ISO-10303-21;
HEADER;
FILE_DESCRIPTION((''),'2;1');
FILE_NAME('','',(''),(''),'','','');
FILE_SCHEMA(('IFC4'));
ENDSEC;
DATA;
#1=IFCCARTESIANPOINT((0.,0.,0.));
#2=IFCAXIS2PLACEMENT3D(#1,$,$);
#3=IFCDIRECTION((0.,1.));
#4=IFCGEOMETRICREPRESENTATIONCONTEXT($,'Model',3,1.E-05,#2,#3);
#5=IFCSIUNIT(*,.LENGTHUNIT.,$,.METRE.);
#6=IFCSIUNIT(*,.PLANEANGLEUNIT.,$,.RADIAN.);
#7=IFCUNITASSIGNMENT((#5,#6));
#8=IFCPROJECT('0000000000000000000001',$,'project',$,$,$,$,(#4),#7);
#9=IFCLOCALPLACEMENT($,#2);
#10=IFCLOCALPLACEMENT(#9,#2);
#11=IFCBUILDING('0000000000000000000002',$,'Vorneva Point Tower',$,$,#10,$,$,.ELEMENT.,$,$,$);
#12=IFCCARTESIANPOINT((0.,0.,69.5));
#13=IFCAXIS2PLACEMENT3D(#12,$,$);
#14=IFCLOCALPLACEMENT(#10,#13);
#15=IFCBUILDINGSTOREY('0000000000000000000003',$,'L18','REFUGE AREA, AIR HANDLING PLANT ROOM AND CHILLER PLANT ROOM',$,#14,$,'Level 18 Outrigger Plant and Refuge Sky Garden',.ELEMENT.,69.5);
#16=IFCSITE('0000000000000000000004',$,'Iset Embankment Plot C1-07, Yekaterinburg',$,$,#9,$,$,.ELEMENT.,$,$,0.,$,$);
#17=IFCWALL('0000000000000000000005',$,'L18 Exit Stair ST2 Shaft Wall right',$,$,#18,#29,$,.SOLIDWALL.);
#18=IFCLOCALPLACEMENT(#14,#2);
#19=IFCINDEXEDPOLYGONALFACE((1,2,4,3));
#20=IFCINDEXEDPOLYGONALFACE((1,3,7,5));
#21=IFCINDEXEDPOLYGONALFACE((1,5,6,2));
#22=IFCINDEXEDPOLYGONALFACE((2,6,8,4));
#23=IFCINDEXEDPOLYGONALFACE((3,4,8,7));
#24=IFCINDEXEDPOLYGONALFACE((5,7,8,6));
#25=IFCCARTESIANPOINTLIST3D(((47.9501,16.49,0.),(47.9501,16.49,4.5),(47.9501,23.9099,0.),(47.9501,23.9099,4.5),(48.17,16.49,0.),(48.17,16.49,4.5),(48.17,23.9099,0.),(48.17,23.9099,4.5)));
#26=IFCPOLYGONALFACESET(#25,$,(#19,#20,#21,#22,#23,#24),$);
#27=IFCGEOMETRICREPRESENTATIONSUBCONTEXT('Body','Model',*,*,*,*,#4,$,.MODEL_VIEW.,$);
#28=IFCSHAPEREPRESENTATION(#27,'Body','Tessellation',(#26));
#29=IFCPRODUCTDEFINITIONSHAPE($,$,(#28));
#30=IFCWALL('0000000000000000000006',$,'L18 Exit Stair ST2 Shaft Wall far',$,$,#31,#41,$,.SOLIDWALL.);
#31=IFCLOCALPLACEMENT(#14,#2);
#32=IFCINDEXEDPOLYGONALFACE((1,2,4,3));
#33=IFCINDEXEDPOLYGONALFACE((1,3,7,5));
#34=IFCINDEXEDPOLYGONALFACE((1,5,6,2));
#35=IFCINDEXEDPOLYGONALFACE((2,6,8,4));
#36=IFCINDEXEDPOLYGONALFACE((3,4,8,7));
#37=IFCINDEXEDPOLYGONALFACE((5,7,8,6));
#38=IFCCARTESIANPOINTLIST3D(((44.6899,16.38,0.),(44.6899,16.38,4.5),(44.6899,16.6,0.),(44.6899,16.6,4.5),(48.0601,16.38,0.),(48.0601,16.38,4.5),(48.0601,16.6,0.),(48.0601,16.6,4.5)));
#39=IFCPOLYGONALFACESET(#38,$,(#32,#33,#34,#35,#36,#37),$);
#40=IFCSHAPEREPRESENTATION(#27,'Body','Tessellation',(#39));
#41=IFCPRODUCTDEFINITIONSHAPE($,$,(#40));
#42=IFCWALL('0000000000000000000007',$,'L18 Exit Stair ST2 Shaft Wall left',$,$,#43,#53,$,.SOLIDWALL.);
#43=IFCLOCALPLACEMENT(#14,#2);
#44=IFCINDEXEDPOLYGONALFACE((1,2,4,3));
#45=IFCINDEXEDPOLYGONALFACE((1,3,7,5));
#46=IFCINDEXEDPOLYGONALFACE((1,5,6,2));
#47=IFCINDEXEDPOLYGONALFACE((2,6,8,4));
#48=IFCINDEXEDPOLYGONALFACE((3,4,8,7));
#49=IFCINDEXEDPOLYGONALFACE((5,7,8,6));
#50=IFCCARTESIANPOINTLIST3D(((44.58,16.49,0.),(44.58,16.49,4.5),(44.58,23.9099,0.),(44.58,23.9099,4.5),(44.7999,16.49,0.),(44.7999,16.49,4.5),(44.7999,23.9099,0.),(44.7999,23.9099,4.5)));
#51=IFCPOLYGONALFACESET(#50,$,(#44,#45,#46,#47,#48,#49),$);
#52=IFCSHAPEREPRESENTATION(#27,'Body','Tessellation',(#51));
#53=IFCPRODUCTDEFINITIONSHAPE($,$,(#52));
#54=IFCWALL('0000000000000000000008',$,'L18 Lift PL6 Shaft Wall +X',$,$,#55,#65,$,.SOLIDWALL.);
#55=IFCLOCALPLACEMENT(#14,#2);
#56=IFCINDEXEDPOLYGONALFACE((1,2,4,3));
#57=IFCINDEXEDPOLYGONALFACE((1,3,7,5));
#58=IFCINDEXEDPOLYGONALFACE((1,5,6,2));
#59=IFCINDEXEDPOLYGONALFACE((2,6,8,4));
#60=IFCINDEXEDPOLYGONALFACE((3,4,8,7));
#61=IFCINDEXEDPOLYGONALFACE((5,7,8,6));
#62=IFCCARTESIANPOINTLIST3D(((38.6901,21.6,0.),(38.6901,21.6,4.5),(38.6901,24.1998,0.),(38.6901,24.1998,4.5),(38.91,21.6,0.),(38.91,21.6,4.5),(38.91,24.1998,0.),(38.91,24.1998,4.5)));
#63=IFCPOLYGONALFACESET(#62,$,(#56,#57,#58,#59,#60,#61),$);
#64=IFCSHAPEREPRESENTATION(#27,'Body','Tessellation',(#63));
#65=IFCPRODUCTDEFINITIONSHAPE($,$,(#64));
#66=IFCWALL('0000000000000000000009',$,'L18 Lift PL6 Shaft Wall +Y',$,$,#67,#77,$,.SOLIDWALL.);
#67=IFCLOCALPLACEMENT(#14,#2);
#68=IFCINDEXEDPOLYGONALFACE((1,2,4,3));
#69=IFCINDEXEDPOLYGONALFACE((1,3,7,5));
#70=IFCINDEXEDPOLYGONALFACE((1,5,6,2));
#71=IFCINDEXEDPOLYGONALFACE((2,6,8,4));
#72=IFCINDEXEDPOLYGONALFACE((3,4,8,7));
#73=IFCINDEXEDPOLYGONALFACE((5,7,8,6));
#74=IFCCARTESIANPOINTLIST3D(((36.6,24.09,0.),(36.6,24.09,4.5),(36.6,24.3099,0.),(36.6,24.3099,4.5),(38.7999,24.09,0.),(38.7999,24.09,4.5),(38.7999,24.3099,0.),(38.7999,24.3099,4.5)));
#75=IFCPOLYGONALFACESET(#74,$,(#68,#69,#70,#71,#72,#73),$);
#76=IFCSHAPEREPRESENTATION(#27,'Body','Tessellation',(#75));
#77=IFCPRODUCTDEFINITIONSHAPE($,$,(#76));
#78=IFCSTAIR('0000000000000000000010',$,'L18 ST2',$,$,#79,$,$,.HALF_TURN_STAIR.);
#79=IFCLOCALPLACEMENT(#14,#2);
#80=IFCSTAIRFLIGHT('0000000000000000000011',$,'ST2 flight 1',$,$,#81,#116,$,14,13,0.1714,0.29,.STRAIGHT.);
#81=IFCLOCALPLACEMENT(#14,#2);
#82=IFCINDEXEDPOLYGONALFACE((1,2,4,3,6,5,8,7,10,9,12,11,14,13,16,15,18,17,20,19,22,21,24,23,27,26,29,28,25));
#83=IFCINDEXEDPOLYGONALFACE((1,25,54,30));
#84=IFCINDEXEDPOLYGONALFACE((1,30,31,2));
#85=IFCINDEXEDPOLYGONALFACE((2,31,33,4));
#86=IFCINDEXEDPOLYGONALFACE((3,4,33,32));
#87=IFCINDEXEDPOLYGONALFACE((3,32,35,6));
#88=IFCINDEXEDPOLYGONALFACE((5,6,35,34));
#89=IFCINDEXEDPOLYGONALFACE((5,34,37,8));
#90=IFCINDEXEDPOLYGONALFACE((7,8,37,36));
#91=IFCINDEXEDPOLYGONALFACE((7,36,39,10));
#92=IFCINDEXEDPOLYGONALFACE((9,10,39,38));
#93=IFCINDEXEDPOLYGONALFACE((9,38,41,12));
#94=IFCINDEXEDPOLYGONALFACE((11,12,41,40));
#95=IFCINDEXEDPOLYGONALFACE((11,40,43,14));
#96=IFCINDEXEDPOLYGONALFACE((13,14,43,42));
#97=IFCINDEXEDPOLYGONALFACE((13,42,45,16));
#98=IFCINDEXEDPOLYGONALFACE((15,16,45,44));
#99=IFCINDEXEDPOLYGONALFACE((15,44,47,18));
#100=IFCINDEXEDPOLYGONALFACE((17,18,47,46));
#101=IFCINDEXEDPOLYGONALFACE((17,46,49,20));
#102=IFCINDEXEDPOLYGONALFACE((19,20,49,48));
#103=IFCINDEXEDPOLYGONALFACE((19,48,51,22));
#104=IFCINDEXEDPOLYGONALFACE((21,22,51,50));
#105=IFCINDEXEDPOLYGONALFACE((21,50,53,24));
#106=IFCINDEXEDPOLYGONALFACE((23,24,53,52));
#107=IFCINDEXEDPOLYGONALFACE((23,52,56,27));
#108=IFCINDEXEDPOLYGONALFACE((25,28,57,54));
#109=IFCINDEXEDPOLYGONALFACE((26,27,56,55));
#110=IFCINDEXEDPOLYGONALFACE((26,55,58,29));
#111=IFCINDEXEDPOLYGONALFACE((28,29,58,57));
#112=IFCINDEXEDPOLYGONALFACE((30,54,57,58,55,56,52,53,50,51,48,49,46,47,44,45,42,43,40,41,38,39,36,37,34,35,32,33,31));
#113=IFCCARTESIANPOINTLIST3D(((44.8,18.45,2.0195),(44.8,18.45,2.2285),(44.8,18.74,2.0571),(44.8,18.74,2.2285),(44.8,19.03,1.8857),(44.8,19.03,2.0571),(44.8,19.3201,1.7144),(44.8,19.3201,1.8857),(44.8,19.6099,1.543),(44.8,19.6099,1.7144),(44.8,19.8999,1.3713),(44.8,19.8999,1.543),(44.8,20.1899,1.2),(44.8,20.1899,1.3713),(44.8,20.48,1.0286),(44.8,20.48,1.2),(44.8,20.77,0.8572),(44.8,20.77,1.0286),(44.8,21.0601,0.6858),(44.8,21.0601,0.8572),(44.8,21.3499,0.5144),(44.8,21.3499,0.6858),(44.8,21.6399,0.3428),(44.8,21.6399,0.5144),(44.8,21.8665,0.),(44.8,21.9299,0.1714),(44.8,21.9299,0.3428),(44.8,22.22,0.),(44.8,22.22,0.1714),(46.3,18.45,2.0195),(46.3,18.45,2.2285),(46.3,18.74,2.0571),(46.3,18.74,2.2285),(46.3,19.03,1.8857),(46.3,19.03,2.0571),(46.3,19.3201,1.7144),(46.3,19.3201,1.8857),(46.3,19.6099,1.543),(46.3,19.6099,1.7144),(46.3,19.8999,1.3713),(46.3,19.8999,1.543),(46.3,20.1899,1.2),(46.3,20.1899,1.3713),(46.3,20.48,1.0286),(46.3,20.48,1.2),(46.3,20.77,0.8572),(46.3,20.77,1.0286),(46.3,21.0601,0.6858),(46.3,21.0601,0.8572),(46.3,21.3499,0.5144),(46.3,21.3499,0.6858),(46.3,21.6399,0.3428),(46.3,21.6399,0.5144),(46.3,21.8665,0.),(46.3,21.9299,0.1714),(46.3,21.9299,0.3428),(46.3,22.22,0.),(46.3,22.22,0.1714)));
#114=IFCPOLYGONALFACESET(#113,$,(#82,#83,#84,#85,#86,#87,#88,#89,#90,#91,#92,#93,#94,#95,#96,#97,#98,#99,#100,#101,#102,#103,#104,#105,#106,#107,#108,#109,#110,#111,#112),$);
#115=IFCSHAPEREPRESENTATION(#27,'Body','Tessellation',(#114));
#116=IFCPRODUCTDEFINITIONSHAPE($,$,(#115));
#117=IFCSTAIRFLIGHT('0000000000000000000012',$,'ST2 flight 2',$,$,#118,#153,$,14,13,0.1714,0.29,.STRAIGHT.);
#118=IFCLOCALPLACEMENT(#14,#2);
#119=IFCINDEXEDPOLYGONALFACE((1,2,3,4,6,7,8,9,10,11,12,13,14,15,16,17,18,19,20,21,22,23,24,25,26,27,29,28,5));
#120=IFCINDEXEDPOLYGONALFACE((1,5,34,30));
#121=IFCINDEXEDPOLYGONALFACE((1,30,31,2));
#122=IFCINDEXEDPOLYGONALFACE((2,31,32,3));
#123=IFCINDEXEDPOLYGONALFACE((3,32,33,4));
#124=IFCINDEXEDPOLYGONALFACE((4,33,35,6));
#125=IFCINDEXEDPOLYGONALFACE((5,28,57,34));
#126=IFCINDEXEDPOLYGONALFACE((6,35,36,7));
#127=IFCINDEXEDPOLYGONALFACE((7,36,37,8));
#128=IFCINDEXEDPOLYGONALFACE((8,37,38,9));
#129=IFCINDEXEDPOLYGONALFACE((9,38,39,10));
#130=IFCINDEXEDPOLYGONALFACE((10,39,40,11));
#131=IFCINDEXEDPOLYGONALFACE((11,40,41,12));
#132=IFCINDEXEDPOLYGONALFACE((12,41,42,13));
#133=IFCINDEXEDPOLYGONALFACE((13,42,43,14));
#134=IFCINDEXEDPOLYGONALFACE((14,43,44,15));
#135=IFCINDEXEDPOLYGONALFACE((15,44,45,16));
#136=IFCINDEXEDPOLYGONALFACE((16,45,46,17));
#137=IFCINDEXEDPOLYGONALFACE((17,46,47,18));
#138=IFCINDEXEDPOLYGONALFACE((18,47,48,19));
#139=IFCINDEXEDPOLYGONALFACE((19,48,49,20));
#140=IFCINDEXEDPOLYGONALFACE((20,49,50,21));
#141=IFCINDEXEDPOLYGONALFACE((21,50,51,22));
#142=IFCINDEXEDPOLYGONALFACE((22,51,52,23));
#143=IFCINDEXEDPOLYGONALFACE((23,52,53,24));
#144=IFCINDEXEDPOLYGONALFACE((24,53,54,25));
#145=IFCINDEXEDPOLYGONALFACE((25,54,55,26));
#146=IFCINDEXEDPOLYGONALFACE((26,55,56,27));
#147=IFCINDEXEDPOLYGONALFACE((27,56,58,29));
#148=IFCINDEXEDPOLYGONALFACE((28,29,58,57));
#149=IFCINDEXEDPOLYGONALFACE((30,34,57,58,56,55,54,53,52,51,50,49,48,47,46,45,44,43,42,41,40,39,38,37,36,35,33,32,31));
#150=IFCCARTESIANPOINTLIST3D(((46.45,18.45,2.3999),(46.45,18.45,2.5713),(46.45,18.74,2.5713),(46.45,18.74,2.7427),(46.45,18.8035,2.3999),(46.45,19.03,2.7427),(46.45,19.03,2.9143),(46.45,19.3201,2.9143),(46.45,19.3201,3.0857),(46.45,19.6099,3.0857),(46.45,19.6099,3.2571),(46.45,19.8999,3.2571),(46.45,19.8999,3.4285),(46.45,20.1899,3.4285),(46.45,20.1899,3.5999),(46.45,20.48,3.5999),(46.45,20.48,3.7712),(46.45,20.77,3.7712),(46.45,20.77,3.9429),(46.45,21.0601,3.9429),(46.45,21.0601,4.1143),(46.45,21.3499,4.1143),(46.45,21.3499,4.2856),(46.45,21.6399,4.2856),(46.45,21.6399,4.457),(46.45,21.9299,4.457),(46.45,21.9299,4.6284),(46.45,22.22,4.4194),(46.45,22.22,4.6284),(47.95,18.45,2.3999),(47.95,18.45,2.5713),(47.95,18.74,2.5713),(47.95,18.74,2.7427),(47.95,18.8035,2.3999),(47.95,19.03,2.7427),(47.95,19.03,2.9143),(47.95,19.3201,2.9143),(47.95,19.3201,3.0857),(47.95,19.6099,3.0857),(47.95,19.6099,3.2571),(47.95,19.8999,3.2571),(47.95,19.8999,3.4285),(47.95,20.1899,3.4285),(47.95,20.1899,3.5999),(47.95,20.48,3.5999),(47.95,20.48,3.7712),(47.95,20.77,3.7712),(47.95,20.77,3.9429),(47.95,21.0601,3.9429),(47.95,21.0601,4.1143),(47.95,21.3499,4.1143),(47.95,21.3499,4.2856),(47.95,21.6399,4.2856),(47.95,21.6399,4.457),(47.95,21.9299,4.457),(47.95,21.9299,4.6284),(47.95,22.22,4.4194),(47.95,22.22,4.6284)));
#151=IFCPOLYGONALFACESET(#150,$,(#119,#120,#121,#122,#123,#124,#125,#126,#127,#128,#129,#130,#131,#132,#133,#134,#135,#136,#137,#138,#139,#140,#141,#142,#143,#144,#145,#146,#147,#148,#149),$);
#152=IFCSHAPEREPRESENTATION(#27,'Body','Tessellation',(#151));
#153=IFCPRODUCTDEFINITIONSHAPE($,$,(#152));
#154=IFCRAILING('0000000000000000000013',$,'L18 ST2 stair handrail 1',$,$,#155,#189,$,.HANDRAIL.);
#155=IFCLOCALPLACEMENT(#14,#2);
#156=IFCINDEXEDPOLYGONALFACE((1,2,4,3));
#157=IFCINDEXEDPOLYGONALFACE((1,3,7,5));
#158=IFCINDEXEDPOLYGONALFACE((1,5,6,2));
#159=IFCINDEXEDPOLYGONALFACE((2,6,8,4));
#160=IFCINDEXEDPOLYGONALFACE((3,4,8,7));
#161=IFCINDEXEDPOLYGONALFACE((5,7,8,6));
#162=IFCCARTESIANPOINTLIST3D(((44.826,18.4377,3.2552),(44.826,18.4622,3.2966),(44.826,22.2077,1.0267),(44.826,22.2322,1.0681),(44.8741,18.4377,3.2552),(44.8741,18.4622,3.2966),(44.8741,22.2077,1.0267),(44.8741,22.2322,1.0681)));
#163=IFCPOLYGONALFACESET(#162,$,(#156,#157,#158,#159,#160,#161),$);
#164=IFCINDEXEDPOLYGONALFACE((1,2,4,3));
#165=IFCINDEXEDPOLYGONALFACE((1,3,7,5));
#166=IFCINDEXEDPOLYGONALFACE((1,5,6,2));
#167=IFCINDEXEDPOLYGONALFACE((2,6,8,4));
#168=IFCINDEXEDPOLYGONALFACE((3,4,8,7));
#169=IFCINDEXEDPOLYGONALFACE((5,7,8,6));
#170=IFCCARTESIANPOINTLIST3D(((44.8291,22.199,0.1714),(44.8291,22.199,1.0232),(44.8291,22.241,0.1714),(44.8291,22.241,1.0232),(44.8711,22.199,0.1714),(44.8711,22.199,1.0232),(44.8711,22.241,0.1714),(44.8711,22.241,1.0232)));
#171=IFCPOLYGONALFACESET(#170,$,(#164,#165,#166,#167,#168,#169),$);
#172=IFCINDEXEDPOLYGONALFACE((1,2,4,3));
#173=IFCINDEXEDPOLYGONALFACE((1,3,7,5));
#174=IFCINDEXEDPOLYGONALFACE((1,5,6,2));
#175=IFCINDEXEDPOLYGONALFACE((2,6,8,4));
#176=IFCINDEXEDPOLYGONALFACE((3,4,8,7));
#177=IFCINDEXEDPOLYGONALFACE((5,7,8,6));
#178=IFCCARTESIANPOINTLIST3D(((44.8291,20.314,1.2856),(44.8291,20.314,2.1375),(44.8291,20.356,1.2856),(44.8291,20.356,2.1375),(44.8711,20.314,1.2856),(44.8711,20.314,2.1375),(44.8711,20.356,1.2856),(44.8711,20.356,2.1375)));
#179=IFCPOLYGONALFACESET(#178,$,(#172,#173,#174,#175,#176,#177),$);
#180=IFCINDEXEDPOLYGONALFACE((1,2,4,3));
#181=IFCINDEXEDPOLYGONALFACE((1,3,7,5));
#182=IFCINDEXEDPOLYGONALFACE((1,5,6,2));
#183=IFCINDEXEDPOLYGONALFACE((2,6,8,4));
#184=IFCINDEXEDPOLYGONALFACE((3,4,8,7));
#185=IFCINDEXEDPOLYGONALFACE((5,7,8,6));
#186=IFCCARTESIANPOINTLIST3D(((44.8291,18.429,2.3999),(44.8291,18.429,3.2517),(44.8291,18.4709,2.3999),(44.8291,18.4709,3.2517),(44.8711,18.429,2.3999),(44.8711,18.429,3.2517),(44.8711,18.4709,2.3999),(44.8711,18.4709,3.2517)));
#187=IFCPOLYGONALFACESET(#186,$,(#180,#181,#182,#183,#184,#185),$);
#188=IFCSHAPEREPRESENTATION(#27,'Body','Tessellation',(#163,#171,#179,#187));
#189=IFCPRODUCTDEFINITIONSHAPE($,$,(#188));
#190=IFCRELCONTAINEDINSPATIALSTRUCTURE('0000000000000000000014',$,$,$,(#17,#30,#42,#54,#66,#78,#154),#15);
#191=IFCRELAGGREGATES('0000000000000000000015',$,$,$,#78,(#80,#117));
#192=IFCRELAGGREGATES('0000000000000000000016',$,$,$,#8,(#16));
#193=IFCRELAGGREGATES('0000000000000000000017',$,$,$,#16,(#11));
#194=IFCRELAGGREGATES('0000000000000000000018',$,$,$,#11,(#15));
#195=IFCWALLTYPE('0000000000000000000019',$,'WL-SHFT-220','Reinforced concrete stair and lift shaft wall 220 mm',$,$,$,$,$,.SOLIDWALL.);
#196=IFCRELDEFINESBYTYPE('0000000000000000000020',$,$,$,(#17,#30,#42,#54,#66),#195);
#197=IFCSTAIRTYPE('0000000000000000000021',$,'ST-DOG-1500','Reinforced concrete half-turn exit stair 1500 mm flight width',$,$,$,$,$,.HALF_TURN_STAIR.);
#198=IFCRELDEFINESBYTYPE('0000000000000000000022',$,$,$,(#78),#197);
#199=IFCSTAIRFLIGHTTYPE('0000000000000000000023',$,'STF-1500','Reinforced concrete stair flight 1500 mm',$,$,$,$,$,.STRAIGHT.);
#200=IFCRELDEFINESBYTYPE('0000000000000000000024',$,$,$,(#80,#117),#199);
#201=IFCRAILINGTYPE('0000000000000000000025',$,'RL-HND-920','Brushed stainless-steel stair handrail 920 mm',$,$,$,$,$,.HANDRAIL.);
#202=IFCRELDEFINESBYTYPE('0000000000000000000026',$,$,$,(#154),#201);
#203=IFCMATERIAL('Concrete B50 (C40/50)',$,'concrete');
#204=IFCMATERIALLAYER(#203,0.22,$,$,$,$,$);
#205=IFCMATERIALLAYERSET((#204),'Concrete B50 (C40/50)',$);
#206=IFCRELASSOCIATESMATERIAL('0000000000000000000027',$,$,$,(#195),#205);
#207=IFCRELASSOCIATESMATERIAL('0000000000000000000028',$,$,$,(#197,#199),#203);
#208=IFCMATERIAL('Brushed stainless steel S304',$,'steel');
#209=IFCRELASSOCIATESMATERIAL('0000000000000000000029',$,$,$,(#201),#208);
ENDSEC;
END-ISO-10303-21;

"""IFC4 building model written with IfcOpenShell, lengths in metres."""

from ifc_helpers import new_model, si_unit, direction, frame, frame_2d, origin, origin_2d, place, context, subcontext, project, spatial, polyline, rectangle, outline, extrude, material, layer, layer_set, type_object, element, aggregate, save


model = new_model("IFC4")

# Units and contexts
model_context = context("Model", 3, precision=1e-05, world=origin(), true_north=direction((0.0, 1.0)))
body_context = subcontext(model_context, "Body", "Model", "MODEL_VIEW")
ifc_project = project(units=[si_unit("LENGTHUNIT", "METRE"), si_unit("PLANEANGLEUNIT", "RADIAN")], contexts=[model_context])

# Site, building, storey
site_placement = place(None, origin())
site = spatial("IfcSite", under=ifc_project, at=site_placement, Name="Iset Embankment Plot C1-07, Yekaterinburg", CompositionType="ELEMENT", RefElevation=0.0)
building_placement = place(site_placement, origin())
building = spatial("IfcBuilding", under=site, at=building_placement, Name="Vorneva Point Tower", CompositionType="ELEMENT")
storey_placement = place(building_placement, frame((0.0, 0.0, 69.5)))
storey = spatial("IfcBuildingStorey", under=building, at=storey_placement, Name="L18", Description="REFUGE AREA, AIR HANDLING PLANT ROOM AND CHILLER PLANT ROOM", LongName="Level 18 Outrigger Plant and Refuge Sky Garden", CompositionType="ELEMENT", Elevation=69.5)

# Shared definitions
ifc_material_1 = material(Name="Concrete B50 (C40/50)", Category="concrete")
ifc_layer_1 = layer(ifc_material_1, 0.22)
ifc_layer_set_1 = layer_set([ifc_layer_1], Name="Concrete B50 (C40/50)")
wall_type_1 = type_object("IfcWallType", Name="WL-SHFT-220", Description="Reinforced concrete stair and lift shaft wall 220 mm", PredefinedType="SOLIDWALL", material=ifc_layer_set_1)

# Walls
wall_1_placement = place(storey_placement, frame((48.0601, 23.9099, 0.0), z_axis=(0.0, 0.0, 1.0), x_axis=(0.0, -1.0, 0.0)))
element("IfcWall", 1, at=wall_1_placement, inside=storey, type_object=wall_type_1, Name="L18 Exit Stair ST2 Shaft Wall right", PredefinedType="SOLIDWALL", context=body_context, shape_type="SweptSolid", body=[
    extrude(rectangle(XDim=7.4199, YDim=0.22, at=frame_2d((3.71, 0.0))), origin(), (0.0, 0.0, 1.0), 4.5),
])
wall_2_placement = place(storey_placement, frame((48.0601, 16.49, 0.0), z_axis=(0.0, 0.0, 1.0), x_axis=(-1.0, 0.0, 0.0)))
element("IfcWall", 2, at=wall_2_placement, inside=storey, type_object=wall_type_1, Name="L18 Exit Stair ST2 Shaft Wall far", PredefinedType="SOLIDWALL", context=body_context, shape_type="SweptSolid", body=[
    extrude(rectangle(XDim=3.3701, YDim=0.22, at=frame_2d((1.6851, 0.0))), origin(), (0.0, 0.0, 1.0), 4.5),
])
wall_3_placement = place(storey_placement, frame((44.6899, 16.49, 0.0), z_axis=(0.0, 0.0, 1.0), x_axis=(0.0, 1.0, 0.0)))
element("IfcWall", 3, at=wall_3_placement, inside=storey, type_object=wall_type_1, Name="L18 Exit Stair ST2 Shaft Wall left", PredefinedType="SOLIDWALL", context=body_context, shape_type="SweptSolid", body=[
    extrude(rectangle(XDim=7.4199, YDim=0.22, at=frame_2d((3.71, 0.0))), origin(), (0.0, 0.0, 1.0), 4.5),
])
wall_4_placement = place(storey_placement, frame((38.8, 21.6001, 0.0), z_axis=(0.0, 0.0, 1.0), x_axis=(0.0, 1.0, 0.0)))
element("IfcWall", 4, at=wall_4_placement, inside=storey, type_object=wall_type_1, Name="L18 Lift PL6 Shaft Wall +X", PredefinedType="SOLIDWALL", context=body_context, shape_type="SweptSolid", body=[
    extrude(rectangle(XDim=2.5999, YDim=0.22, at=frame_2d((1.2998, 0.0))), origin(), (0.0, 0.0, 1.0), 4.5),
])
wall_5_placement = place(storey_placement, frame((38.8, 24.2, 0.0), z_axis=(0.0, 0.0, 1.0), x_axis=(-1.0, 0.0, 0.0)))
element("IfcWall", 5, at=wall_5_placement, inside=storey, type_object=wall_type_1, Name="L18 Lift PL6 Shaft Wall +Y", PredefinedType="SOLIDWALL", context=body_context, shape_type="SweptSolid", body=[
    extrude(rectangle(XDim=2.2, YDim=0.22, at=frame_2d((1.1001, 0.0))), origin(), (0.0, 0.0, 1.0), 4.5),
])

# Stair, stair flights
stair_type = type_object("IfcStairType", Name="ST-DOG-1500", Description="Reinforced concrete half-turn exit stair 1500 mm flight width", PredefinedType="HALF_TURN_STAIR", material=ifc_material_1)
stair_placement = place(storey_placement, origin())
stair = element("IfcStair", 6, at=stair_placement, inside=storey, type_object=stair_type, Name="L18 ST2", PredefinedType="HALF_TURN_STAIR")
stair_flight_type = type_object("IfcStairFlightType", Name="STF-1500", Description="Reinforced concrete stair flight 1500 mm", PredefinedType="STRAIGHT", material=ifc_material_1)
stair_flight_1_placement = place(storey_placement, frame((45.55, 22.22, 0.0), z_axis=(0.0, 0.0, 1.0), x_axis=(0.0, -1.0, 0.0)))
stair_flight_1 = element("IfcStairFlight", 7, at=stair_flight_1_placement, type_object=stair_flight_type, Name="ST2 flight 1", NumberOfRisers=14, NumberOfTreads=13, PredefinedType="STRAIGHT", RiserHeight=0.1714, TreadLength=0.29, context=body_context, shape_type="SweptSolid", body=[
    extrude(outline(polyline([(0.0, 0.0), (0.0, 0.1714), (0.29, 0.1714), (0.29, 0.3428), (0.5801, 0.3428), (0.5801, 0.5144), (0.8701, 0.5144), (0.8701, 0.6858), (1.1599, 0.6858), (1.1599, 0.8572), (1.45, 0.8572), (1.45, 1.0286), (1.74, 1.0286), (1.74, 1.2), (2.03, 1.2), (2.03, 1.3713), (2.3201, 1.3713), (2.3201, 1.543), (2.6101, 1.543), (2.6101, 1.7144), (2.8999, 1.7144), (2.8999, 1.8857), (3.1899, 1.8857), (3.1899, 2.0571), (3.48, 2.0571), (3.48, 2.2285), (3.77, 2.2285), (3.77, 2.3999), (3.77, 2.0195), (0.3535, 0.0), (0.0, 0.0)])), frame((0.0, 0.75, 0.0), z_axis=(0.0, -1.0, 0.0), x_axis=(1.0, 0.0, 0.0)), (0.0, 0.0, 1.0), 1.5),
])
stair_flight_2_placement = place(storey_placement, frame((47.2, 18.45, 2.3999), z_axis=(0.0, 0.0, 1.0), x_axis=(0.0, 1.0, 0.0)))
stair_flight_2 = element("IfcStairFlight", 8, at=stair_flight_2_placement, type_object=stair_flight_type, Name="ST2 flight 2", NumberOfRisers=14, NumberOfTreads=13, PredefinedType="STRAIGHT", RiserHeight=0.1714, TreadLength=0.29, context=body_context, shape_type="SweptSolid", body=[
    extrude(outline(polyline([(0.0, 0.0), (0.0, 0.1714), (0.29, 0.1714), (0.29, 0.3428), (0.5801, 0.3428), (0.5801, 0.5144), (0.8701, 0.5144), (0.8701, 0.6858), (1.1599, 0.6858), (1.1599, 0.8572), (1.45, 0.8572), (1.45, 1.0286), (1.74, 1.0286), (1.74, 1.2), (2.03, 1.2), (2.03, 1.3713), (2.3201, 1.3713), (2.3201, 1.543), (2.6101, 1.543), (2.6101, 1.7144), (2.8999, 1.7144), (2.8999, 1.8857), (3.1899, 1.8857), (3.1899, 2.0571), (3.48, 2.0571), (3.48, 2.2285), (3.77, 2.2285), (3.77, 2.3999), (3.77, 2.0195), (0.3535, 0.0), (0.0, 0.0)])), frame((0.0, 0.75, 0.0), z_axis=(0.0, -1.0, 0.0), x_axis=(1.0, 0.0, 0.0)), (0.0, 0.0, 1.0), 1.5),
])
aggregate(stair, [stair_flight_1, stair_flight_2])

# Railing
ifc_material_2 = material(Name="Brushed stainless steel S304", Category="steel")
railing_type_1 = type_object("IfcRailingType", Name="RL-HND-920", Description="Brushed stainless-steel stair handrail 920 mm", PredefinedType="HANDRAIL", material=ifc_material_2)
railing_1_placement = place(storey_placement, frame((44.8501, 22.22, 0.1714)))
element("IfcRailing", 9, at=railing_1_placement, inside=storey, type_object=railing_type_1, Name="L18 ST2 stair handrail 1", PredefinedType="HANDRAIL", context=body_context, shape_type="SweptSolid", body=[
    extrude(rectangle(XDim=0.0481, YDim=0.0481, at=origin_2d()), frame((0.0, 0.0, 0.876), z_axis=(0.0, -0.860849, 0.508861), x_axis=(1.0, 0.0, 0.0)), (0.0, 0.0, 1.0), 4.3794),
    extrude(rectangle(XDim=0.042, YDim=0.042, at=origin_2d()), origin(), (0.0, 0.0, 1.0), 0.8518),
    extrude(rectangle(XDim=0.042, YDim=0.042, at=origin_2d()), frame((0.0, -1.885, 1.1143)), (0.0, 0.0, 1.0), 0.8518),
    extrude(rectangle(XDim=0.042, YDim=0.042, at=origin_2d()), frame((0.0, -3.77, 2.2285)), (0.0, 0.0, 1.0), 0.8518),
])

save(model, "model.ifc")
